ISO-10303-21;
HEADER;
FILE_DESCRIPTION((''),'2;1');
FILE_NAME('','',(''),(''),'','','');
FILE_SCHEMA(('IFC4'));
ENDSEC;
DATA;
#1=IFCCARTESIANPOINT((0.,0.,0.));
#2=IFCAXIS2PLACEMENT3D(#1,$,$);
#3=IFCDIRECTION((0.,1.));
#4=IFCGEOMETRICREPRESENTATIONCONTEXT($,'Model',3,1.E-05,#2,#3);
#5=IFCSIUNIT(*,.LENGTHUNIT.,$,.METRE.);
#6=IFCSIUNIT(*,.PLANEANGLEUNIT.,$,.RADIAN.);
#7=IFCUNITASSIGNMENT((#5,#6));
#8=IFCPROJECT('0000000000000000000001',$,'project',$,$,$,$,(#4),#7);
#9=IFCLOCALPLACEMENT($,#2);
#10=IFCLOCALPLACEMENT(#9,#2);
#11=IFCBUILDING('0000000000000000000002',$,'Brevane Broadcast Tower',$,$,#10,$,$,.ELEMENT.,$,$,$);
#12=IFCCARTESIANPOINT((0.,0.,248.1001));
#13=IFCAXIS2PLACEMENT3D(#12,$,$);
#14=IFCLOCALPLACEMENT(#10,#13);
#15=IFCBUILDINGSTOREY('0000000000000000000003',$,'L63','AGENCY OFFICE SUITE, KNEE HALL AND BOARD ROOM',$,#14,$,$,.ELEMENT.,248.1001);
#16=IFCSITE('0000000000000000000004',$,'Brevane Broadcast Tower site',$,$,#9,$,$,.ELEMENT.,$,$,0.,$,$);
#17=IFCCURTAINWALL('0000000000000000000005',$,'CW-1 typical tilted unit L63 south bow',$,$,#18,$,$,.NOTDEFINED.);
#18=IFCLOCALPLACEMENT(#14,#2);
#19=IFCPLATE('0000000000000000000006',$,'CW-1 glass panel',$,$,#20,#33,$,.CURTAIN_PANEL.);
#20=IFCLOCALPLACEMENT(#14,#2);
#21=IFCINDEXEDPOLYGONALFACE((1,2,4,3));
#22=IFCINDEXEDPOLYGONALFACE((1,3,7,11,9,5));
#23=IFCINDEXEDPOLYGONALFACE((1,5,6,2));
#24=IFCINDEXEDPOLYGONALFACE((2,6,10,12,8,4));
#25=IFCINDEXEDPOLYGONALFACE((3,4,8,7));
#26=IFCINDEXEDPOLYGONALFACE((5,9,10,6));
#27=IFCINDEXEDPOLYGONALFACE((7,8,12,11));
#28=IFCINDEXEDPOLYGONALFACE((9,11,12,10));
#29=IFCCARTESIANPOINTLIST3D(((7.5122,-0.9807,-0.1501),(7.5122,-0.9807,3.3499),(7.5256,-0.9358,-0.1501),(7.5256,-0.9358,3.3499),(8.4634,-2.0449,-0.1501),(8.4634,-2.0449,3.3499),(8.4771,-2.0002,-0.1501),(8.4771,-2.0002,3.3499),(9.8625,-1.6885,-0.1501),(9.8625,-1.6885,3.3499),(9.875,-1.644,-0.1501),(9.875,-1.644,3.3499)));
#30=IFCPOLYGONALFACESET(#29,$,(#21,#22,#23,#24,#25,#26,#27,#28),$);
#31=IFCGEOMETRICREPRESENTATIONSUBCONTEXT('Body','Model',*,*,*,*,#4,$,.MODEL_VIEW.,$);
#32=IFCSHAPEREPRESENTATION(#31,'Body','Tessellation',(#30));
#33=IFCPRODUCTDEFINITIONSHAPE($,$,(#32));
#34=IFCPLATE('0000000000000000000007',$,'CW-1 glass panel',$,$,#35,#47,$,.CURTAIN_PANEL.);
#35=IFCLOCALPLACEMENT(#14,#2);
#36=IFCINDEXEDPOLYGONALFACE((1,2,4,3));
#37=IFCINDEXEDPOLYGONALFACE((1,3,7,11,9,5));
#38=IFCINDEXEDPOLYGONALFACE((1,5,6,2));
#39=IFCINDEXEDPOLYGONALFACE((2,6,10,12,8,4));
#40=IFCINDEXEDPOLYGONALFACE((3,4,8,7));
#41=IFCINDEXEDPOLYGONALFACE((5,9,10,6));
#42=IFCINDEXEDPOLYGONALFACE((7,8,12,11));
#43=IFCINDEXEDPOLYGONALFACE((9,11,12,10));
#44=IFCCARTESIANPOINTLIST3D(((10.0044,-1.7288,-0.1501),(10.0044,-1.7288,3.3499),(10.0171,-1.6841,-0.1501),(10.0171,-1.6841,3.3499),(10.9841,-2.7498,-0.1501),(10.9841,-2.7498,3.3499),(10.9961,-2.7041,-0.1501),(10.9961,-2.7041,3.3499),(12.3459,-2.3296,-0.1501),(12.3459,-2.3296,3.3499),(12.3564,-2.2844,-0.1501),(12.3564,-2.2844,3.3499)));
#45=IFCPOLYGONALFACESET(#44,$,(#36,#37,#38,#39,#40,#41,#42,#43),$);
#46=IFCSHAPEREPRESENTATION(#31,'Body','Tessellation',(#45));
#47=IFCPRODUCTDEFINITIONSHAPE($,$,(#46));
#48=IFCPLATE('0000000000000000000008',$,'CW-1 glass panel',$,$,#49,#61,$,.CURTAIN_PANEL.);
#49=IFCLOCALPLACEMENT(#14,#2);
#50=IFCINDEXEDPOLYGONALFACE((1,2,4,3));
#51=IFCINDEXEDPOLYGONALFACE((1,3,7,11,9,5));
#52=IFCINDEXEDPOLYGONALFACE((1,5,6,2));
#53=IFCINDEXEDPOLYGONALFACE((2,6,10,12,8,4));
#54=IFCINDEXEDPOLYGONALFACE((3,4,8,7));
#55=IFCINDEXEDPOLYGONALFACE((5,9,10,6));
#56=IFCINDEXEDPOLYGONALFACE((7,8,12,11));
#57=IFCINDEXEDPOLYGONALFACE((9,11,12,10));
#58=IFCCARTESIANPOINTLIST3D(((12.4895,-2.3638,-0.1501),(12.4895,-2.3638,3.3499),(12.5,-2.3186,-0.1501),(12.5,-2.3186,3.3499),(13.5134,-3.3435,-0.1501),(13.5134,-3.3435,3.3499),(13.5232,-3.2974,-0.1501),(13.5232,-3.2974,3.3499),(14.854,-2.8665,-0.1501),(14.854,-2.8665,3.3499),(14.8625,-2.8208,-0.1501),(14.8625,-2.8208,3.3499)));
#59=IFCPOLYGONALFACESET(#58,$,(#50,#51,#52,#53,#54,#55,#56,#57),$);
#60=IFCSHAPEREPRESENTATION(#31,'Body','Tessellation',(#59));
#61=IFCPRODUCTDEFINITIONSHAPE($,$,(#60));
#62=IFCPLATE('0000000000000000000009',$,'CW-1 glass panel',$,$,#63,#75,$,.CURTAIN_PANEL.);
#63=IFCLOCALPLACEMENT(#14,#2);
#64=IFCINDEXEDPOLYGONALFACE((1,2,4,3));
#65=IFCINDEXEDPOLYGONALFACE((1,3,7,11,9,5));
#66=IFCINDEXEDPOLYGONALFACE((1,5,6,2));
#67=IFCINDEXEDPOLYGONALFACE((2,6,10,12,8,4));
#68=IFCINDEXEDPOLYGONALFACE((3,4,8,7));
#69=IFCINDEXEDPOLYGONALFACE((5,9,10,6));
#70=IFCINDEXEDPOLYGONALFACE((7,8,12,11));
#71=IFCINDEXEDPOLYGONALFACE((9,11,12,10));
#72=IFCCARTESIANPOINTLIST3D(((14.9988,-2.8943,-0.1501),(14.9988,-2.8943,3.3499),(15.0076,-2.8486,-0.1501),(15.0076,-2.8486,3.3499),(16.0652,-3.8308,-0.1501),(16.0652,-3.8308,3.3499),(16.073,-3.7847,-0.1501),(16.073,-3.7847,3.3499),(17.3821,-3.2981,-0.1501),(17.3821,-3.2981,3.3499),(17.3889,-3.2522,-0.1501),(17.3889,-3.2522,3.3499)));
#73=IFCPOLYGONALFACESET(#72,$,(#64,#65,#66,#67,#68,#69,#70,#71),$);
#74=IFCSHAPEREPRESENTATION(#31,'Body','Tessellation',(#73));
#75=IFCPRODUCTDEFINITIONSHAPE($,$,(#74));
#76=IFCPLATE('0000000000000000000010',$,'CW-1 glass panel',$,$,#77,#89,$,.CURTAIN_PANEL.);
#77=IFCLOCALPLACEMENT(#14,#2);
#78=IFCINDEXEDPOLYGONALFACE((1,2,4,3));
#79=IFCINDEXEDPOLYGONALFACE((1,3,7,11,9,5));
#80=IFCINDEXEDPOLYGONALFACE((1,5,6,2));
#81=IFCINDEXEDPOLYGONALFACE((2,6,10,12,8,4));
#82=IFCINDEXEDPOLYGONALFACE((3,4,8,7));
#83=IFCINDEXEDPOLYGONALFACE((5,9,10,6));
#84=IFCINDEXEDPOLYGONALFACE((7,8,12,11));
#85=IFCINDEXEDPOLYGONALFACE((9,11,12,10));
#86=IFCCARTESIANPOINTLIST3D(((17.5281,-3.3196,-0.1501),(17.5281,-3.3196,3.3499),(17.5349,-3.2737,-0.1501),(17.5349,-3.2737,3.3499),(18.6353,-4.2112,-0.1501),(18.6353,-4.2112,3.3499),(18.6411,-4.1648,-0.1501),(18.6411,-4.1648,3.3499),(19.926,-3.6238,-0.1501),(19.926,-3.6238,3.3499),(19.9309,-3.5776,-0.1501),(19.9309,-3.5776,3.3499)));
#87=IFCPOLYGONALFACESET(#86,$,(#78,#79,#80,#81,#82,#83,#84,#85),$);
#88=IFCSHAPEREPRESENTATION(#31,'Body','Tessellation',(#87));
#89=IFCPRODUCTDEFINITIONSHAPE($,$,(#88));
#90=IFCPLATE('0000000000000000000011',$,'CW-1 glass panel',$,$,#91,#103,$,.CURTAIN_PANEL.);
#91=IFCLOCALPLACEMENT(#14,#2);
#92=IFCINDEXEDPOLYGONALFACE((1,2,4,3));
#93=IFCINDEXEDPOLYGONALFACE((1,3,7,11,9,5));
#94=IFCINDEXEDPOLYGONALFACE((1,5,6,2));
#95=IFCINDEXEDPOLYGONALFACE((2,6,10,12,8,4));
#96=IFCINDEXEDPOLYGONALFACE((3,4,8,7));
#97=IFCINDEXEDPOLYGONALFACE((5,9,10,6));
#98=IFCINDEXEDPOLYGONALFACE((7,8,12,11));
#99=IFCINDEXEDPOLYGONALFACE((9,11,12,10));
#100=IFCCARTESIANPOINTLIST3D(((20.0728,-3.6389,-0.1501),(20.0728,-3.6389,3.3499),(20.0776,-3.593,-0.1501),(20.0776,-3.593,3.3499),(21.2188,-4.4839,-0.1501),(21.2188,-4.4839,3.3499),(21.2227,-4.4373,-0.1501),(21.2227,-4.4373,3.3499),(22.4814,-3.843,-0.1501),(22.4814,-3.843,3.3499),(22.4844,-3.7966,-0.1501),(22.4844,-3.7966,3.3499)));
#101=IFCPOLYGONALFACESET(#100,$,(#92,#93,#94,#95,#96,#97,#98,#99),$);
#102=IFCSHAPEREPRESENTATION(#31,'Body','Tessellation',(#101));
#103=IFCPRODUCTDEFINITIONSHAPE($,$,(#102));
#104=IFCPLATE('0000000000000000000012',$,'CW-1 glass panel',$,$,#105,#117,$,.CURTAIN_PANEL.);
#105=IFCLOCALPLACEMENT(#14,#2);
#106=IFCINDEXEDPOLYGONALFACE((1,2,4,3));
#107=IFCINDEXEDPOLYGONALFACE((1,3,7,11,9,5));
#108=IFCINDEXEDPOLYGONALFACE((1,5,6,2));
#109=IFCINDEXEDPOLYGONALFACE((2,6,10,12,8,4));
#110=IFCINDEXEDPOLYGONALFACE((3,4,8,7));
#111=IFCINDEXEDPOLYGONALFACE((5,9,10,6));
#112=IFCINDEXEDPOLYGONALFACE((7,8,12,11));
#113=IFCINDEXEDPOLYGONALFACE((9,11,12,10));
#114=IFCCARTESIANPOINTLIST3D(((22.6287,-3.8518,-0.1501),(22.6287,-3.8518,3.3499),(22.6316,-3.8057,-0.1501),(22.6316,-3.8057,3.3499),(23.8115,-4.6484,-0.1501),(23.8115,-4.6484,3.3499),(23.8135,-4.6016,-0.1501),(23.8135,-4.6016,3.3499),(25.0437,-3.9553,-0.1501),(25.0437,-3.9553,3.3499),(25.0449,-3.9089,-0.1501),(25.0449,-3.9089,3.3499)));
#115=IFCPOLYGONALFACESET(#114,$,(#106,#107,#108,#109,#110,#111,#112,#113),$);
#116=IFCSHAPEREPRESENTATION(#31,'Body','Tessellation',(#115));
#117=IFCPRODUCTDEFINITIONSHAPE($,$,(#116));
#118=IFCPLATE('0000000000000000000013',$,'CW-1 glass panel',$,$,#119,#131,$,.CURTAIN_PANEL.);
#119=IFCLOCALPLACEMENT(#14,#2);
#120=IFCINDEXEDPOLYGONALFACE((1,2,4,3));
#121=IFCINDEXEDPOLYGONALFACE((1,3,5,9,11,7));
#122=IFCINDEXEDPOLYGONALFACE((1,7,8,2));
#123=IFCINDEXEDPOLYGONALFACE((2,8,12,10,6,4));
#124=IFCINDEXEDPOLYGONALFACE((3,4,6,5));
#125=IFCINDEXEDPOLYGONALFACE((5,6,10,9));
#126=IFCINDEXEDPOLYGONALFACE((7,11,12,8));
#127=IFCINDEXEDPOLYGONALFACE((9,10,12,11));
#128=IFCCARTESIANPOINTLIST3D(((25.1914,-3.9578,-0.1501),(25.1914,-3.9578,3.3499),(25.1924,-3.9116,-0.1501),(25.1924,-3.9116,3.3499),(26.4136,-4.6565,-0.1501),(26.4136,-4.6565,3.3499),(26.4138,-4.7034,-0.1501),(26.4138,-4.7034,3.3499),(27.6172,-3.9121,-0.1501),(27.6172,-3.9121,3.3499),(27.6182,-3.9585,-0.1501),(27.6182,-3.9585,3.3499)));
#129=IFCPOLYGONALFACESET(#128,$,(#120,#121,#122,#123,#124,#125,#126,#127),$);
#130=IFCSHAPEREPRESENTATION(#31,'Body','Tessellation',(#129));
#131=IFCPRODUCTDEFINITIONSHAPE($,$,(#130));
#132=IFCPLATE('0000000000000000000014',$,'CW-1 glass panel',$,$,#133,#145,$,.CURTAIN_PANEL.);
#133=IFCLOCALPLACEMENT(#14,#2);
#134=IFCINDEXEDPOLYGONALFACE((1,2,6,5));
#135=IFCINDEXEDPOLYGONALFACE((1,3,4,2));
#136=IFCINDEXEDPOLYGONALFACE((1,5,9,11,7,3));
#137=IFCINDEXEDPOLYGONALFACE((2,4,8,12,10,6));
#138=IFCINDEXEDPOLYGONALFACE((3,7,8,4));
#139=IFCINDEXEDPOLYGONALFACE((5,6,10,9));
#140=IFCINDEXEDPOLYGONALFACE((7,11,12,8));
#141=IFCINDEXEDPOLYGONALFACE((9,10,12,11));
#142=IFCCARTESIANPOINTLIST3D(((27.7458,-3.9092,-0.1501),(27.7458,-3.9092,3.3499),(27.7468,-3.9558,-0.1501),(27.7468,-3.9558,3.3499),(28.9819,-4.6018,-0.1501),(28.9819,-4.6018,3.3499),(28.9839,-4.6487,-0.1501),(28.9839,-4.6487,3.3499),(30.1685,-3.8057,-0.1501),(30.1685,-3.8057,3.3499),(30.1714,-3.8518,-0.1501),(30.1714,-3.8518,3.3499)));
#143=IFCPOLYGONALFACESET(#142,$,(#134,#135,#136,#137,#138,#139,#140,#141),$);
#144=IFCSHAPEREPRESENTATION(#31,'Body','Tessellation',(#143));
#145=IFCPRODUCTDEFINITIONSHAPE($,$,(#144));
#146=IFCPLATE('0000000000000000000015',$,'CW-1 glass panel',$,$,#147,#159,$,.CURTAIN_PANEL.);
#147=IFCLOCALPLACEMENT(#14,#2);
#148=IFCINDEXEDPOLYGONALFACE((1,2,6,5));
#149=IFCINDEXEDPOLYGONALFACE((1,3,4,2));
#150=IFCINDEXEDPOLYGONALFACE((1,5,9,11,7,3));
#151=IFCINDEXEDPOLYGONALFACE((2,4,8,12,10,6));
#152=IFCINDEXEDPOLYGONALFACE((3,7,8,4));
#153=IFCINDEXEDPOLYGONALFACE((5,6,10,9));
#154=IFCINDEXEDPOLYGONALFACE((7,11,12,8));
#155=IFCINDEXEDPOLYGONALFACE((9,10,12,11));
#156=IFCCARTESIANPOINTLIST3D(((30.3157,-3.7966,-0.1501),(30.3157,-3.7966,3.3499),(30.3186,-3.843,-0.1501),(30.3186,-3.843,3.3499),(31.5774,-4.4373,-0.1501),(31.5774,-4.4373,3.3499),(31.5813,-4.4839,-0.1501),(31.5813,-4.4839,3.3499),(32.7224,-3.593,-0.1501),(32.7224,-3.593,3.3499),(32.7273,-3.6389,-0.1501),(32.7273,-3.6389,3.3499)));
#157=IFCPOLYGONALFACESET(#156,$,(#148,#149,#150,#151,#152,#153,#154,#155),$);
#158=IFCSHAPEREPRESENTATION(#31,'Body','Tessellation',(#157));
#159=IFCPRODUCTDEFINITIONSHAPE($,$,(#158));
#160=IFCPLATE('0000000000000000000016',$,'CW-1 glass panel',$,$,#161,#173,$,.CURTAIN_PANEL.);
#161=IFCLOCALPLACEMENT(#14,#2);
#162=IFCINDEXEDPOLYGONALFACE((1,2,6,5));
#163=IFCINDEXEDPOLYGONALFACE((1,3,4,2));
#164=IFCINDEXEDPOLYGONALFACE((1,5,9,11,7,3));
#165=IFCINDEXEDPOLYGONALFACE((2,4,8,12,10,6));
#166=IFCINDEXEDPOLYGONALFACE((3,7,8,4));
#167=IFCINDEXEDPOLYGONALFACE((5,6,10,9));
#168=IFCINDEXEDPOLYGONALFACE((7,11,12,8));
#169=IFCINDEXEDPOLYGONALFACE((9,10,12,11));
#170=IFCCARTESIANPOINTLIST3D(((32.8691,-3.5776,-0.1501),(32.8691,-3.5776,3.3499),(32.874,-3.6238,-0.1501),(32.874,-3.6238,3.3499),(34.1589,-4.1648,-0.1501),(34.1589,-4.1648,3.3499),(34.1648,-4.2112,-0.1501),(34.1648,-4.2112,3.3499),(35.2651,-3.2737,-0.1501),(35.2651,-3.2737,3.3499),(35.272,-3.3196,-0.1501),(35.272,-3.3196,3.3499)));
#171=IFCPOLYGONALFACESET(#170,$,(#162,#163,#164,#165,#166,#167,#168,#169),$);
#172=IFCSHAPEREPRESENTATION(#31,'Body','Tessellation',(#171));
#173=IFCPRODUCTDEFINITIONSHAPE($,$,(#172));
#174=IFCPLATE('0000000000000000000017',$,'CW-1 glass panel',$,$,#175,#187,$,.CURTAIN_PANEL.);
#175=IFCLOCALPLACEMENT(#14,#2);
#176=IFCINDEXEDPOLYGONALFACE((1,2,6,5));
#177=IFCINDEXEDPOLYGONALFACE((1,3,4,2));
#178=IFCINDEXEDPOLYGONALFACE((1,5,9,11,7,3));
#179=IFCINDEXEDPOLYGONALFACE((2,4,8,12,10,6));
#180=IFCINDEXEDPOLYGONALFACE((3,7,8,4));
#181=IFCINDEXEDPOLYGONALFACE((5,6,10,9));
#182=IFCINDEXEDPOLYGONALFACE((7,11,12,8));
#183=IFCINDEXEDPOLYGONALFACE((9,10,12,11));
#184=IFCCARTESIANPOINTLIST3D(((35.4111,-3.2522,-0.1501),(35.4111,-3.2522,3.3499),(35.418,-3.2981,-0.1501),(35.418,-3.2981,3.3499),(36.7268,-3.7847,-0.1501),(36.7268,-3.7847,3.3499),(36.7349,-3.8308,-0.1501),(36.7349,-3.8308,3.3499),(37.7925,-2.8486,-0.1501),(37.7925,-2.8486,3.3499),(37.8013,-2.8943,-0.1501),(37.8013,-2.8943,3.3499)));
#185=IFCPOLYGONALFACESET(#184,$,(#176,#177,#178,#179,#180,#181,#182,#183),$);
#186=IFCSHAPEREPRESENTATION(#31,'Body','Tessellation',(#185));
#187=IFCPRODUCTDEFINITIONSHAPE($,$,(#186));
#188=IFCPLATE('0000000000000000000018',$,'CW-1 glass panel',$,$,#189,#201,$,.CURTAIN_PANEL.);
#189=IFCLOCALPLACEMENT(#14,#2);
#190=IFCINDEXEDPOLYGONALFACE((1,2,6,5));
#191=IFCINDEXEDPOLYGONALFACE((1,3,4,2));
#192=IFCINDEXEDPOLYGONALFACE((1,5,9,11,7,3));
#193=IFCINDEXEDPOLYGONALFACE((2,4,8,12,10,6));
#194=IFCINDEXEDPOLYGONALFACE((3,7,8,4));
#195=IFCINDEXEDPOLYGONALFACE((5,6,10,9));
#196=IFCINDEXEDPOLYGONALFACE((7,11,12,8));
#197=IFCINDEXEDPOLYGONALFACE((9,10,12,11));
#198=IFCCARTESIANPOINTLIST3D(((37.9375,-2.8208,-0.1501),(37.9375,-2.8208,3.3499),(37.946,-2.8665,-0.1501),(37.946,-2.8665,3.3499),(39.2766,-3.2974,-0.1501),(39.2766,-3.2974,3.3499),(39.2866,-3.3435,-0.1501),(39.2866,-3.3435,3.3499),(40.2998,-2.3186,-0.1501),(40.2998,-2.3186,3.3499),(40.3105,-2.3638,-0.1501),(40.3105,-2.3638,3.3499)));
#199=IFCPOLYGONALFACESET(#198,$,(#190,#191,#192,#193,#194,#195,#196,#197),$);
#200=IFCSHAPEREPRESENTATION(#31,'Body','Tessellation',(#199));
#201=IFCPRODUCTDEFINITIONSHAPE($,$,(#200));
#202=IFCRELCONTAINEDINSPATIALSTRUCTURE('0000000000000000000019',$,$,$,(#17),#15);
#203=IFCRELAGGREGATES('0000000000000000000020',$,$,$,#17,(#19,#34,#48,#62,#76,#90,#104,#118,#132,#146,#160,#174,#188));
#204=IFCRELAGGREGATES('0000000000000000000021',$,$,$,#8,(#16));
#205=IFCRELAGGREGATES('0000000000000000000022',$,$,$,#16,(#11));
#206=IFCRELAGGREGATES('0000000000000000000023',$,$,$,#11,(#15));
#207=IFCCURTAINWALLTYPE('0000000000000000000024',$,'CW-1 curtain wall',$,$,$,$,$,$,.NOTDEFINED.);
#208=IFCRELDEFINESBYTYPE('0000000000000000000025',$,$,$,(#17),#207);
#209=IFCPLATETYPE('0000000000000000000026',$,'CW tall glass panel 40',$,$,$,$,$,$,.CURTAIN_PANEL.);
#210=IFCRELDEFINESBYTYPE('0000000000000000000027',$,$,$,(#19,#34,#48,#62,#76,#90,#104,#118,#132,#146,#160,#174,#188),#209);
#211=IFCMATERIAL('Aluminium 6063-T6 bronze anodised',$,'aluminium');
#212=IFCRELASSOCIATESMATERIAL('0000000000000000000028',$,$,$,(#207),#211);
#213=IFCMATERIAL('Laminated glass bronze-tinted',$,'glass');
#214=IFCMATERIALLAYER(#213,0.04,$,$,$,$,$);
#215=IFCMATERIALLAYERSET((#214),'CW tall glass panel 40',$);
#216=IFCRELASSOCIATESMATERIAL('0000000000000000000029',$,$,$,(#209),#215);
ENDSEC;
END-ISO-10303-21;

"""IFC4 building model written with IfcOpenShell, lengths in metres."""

from ifc_helpers import new_model, si_unit, direction, frame, origin, place, context, subcontext, project, spatial, polyline, outline, extrude, material, layer, layer_set, type_object, element, aggregate, save


model = new_model("IFC4")

# Units and contexts
model_context = context("Model", 3, precision=1e-05, world=origin(), true_north=direction((0.0, 1.0)))
body_context = subcontext(model_context, "Body", "Model", "MODEL_VIEW")
ifc_project = project(units=[si_unit("LENGTHUNIT", "METRE"), si_unit("PLANEANGLEUNIT", "RADIAN")], contexts=[model_context])

# Site, building, storey
site_placement = place(None, origin())
site = spatial("IfcSite", under=ifc_project, at=site_placement, Name="Brevane Broadcast Tower site", CompositionType="ELEMENT", RefElevation=0.0)
building_placement = place(site_placement, origin())
building = spatial("IfcBuilding", under=site, at=building_placement, Name="Brevane Broadcast Tower", CompositionType="ELEMENT")
storey_placement = place(building_placement, frame((0.0, 0.0, 248.1001)))
storey = spatial("IfcBuildingStorey", under=building, at=storey_placement, Name="L63", Description="AGENCY OFFICE SUITE, KNEE HALL AND BOARD ROOM", CompositionType="ELEMENT", Elevation=248.1001)

# Curtain wall, plates
ifc_material_1 = material(Name="Aluminium 6063-T6 bronze anodised", Category="aluminium")
curtain_wall_type = type_object("IfcCurtainWallType", Name="CW-1 curtain wall", PredefinedType="NOTDEFINED", material=ifc_material_1)
curtain_wall_1_placement = place(storey_placement, origin())
curtain_wall_1 = element("IfcCurtainWall", 1, at=curtain_wall_1_placement, inside=storey, type_object=curtain_wall_type, Name="CW-1 typical tilted unit L63 south bow", PredefinedType="NOTDEFINED")
ifc_material_2 = material(Name="Laminated glass bronze-tinted", Category="glass")
ifc_layer = layer(ifc_material_2, 0.04)
ifc_layer_set = layer_set([ifc_layer], Name="CW tall glass panel 40")
plate_type = type_object("IfcPlateType", Name="CW tall glass panel 40", PredefinedType="CURTAIN_PANEL", material=ifc_layer_set)
plate_1_placement = place(storey_placement, frame((0.0, 0.0, -0.1501)))
plate_1 = element("IfcPlate", 2, at=plate_1_placement, type_object=plate_type, Name="CW-1 glass panel", PredefinedType="CURTAIN_PANEL", context=body_context, shape_type="SweptSolid", body=[
    extrude(outline(polyline([(7.5256, -0.9358), (7.5122, -0.9807), (8.4634, -2.0449), (9.8625, -1.6885), (9.875, -1.644), (8.4771, -2.0002), (7.5256, -0.9358)])), origin(), (0.0, 0.0, 1.0), 3.5),
])
plate_2_placement = place(storey_placement, frame((0.0, 0.0, -0.1501)))
plate_2 = element("IfcPlate", 3, at=plate_2_placement, type_object=plate_type, Name="CW-1 glass panel", PredefinedType="CURTAIN_PANEL", context=body_context, shape_type="SweptSolid", body=[
    extrude(outline(polyline([(10.0171, -1.6841), (10.0044, -1.7288), (10.9841, -2.7498), (12.3459, -2.3296), (12.3564, -2.2844), (10.9961, -2.7041), (10.0171, -1.6841)])), origin(), (0.0, 0.0, 1.0), 3.5),
])
plate_3_placement = place(storey_placement, frame((0.0, 0.0, -0.1501)))
plate_3 = element("IfcPlate", 4, at=plate_3_placement, type_object=plate_type, Name="CW-1 glass panel", PredefinedType="CURTAIN_PANEL", context=body_context, shape_type="SweptSolid", body=[
    extrude(outline(polyline([(12.5, -2.3186), (12.4895, -2.3638), (13.5134, -3.3435), (14.854, -2.8665), (14.8625, -2.8208), (13.5232, -3.2974), (12.5, -2.3186)])), origin(), (0.0, 0.0, 1.0), 3.5),
])
plate_4_placement = place(storey_placement, frame((0.0, 0.0, -0.1501)))
plate_4 = element("IfcPlate", 5, at=plate_4_placement, type_object=plate_type, Name="CW-1 glass panel", PredefinedType="CURTAIN_PANEL", context=body_context, shape_type="SweptSolid", body=[
    extrude(outline(polyline([(15.0076, -2.8486), (14.9988, -2.8943), (16.0652, -3.8308), (17.3821, -3.2981), (17.3889, -3.2522), (16.073, -3.7847), (15.0076, -2.8486)])), origin(), (0.0, 0.0, 1.0), 3.5),
])
plate_5_placement = place(storey_placement, frame((0.0, 0.0, -0.1501)))
plate_5 = element("IfcPlate", 6, at=plate_5_placement, type_object=plate_type, Name="CW-1 glass panel", PredefinedType="CURTAIN_PANEL", context=body_context, shape_type="SweptSolid", body=[
    extrude(outline(polyline([(17.5349, -3.2737), (17.5281, -3.3196), (18.6353, -4.2112), (19.926, -3.6238), (19.9309, -3.5776), (18.6411, -4.1648), (17.5349, -3.2737)])), origin(), (0.0, 0.0, 1.0), 3.5),
])
plate_6_placement = place(storey_placement, frame((0.0, 0.0, -0.1501)))
plate_6 = element("IfcPlate", 7, at=plate_6_placement, type_object=plate_type, Name="CW-1 glass panel", PredefinedType="CURTAIN_PANEL", context=body_context, shape_type="SweptSolid", body=[
    extrude(outline(polyline([(20.0776, -3.593), (20.0728, -3.6389), (21.2188, -4.4839), (22.4814, -3.843), (22.4844, -3.7966), (21.2227, -4.4373), (20.0776, -3.593)])), origin(), (0.0, 0.0, 1.0), 3.5),
])
plate_7_placement = place(storey_placement, frame((0.0, 0.0, -0.1501)))
plate_7 = element("IfcPlate", 8, at=plate_7_placement, type_object=plate_type, Name="CW-1 glass panel", PredefinedType="CURTAIN_PANEL", context=body_context, shape_type="SweptSolid", body=[
    extrude(outline(polyline([(22.6316, -3.8057), (22.6287, -3.8518), (23.8115, -4.6484), (25.0437, -3.9553), (25.0449, -3.9089), (23.8135, -4.6016), (22.6316, -3.8057)])), origin(), (0.0, 0.0, 1.0), 3.5),
])
plate_8_placement = place(storey_placement, frame((0.0, 0.0, -0.1501)))
plate_8 = element("IfcPlate", 9, at=plate_8_placement, type_object=plate_type, Name="CW-1 glass panel", PredefinedType="CURTAIN_PANEL", context=body_context, shape_type="SweptSolid", body=[
    extrude(outline(polyline([(25.1924, -3.9116), (25.1914, -3.9578), (26.4138, -4.7034), (27.6182, -3.9585), (27.6172, -3.9121), (26.4136, -4.6565), (25.1924, -3.9116)])), origin(), (0.0, 0.0, 1.0), 3.5),
])
plate_9_placement = place(storey_placement, frame((0.0, 0.0, -0.1501)))
plate_9 = element("IfcPlate", 10, at=plate_9_placement, type_object=plate_type, Name="CW-1 glass panel", PredefinedType="CURTAIN_PANEL", context=body_context, shape_type="SweptSolid", body=[
    extrude(outline(polyline([(27.7458, -3.9092), (27.7468, -3.9558), (28.9839, -4.6487), (30.1714, -3.8518), (30.1685, -3.8057), (28.9819, -4.6018), (27.7458, -3.9092)])), origin(), (0.0, 0.0, 1.0), 3.5),
])
plate_10_placement = place(storey_placement, frame((0.0, 0.0, -0.1501)))
plate_10 = element("IfcPlate", 11, at=plate_10_placement, type_object=plate_type, Name="CW-1 glass panel", PredefinedType="CURTAIN_PANEL", context=body_context, shape_type="SweptSolid", body=[
    extrude(outline(polyline([(30.3157, -3.7966), (30.3186, -3.843), (31.5813, -4.4839), (32.7273, -3.6389), (32.7224, -3.593), (31.5774, -4.4373), (30.3157, -3.7966)])), origin(), (0.0, 0.0, 1.0), 3.5),
])
plate_11_placement = place(storey_placement, frame((0.0, 0.0, -0.1501)))
plate_11 = element("IfcPlate", 12, at=plate_11_placement, type_object=plate_type, Name="CW-1 glass panel", PredefinedType="CURTAIN_PANEL", context=body_context, shape_type="SweptSolid", body=[
    extrude(outline(polyline([(32.8691, -3.5776), (32.874, -3.6238), (34.1648, -4.2112), (35.272, -3.3196), (35.2651, -3.2737), (34.1589, -4.1648), (32.8691, -3.5776)])), origin(), (0.0, 0.0, 1.0), 3.5),
])
plate_12_placement = place(storey_placement, frame((0.0, 0.0, -0.1501)))
plate_12 = element("IfcPlate", 13, at=plate_12_placement, type_object=plate_type, Name="CW-1 glass panel", PredefinedType="CURTAIN_PANEL", context=body_context, shape_type="SweptSolid", body=[
    extrude(outline(polyline([(35.4111, -3.2522), (35.418, -3.2981), (36.7349, -3.8308), (37.8013, -2.8943), (37.7925, -2.8486), (36.7268, -3.7847), (35.4111, -3.2522)])), origin(), (0.0, 0.0, 1.0), 3.5),
])
plate_13_placement = place(storey_placement, frame((0.0, 0.0, -0.1501)))
plate_13 = element("IfcPlate", 14, at=plate_13_placement, type_object=plate_type, Name="CW-1 glass panel", PredefinedType="CURTAIN_PANEL", context=body_context, shape_type="SweptSolid", body=[
    extrude(outline(polyline([(37.9375, -2.8208), (37.946, -2.8665), (39.2866, -3.3435), (40.3105, -2.3638), (40.2998, -2.3186), (39.2766, -3.2974), (37.9375, -2.8208)])), origin(), (0.0, 0.0, 1.0), 3.5),
])
aggregate(curtain_wall_1, [plate_1, plate_2, plate_3, plate_4, plate_5, plate_6, plate_7, plate_8, plate_9, plate_10, plate_11, plate_12, plate_13])

save(model, "model.ifc")
